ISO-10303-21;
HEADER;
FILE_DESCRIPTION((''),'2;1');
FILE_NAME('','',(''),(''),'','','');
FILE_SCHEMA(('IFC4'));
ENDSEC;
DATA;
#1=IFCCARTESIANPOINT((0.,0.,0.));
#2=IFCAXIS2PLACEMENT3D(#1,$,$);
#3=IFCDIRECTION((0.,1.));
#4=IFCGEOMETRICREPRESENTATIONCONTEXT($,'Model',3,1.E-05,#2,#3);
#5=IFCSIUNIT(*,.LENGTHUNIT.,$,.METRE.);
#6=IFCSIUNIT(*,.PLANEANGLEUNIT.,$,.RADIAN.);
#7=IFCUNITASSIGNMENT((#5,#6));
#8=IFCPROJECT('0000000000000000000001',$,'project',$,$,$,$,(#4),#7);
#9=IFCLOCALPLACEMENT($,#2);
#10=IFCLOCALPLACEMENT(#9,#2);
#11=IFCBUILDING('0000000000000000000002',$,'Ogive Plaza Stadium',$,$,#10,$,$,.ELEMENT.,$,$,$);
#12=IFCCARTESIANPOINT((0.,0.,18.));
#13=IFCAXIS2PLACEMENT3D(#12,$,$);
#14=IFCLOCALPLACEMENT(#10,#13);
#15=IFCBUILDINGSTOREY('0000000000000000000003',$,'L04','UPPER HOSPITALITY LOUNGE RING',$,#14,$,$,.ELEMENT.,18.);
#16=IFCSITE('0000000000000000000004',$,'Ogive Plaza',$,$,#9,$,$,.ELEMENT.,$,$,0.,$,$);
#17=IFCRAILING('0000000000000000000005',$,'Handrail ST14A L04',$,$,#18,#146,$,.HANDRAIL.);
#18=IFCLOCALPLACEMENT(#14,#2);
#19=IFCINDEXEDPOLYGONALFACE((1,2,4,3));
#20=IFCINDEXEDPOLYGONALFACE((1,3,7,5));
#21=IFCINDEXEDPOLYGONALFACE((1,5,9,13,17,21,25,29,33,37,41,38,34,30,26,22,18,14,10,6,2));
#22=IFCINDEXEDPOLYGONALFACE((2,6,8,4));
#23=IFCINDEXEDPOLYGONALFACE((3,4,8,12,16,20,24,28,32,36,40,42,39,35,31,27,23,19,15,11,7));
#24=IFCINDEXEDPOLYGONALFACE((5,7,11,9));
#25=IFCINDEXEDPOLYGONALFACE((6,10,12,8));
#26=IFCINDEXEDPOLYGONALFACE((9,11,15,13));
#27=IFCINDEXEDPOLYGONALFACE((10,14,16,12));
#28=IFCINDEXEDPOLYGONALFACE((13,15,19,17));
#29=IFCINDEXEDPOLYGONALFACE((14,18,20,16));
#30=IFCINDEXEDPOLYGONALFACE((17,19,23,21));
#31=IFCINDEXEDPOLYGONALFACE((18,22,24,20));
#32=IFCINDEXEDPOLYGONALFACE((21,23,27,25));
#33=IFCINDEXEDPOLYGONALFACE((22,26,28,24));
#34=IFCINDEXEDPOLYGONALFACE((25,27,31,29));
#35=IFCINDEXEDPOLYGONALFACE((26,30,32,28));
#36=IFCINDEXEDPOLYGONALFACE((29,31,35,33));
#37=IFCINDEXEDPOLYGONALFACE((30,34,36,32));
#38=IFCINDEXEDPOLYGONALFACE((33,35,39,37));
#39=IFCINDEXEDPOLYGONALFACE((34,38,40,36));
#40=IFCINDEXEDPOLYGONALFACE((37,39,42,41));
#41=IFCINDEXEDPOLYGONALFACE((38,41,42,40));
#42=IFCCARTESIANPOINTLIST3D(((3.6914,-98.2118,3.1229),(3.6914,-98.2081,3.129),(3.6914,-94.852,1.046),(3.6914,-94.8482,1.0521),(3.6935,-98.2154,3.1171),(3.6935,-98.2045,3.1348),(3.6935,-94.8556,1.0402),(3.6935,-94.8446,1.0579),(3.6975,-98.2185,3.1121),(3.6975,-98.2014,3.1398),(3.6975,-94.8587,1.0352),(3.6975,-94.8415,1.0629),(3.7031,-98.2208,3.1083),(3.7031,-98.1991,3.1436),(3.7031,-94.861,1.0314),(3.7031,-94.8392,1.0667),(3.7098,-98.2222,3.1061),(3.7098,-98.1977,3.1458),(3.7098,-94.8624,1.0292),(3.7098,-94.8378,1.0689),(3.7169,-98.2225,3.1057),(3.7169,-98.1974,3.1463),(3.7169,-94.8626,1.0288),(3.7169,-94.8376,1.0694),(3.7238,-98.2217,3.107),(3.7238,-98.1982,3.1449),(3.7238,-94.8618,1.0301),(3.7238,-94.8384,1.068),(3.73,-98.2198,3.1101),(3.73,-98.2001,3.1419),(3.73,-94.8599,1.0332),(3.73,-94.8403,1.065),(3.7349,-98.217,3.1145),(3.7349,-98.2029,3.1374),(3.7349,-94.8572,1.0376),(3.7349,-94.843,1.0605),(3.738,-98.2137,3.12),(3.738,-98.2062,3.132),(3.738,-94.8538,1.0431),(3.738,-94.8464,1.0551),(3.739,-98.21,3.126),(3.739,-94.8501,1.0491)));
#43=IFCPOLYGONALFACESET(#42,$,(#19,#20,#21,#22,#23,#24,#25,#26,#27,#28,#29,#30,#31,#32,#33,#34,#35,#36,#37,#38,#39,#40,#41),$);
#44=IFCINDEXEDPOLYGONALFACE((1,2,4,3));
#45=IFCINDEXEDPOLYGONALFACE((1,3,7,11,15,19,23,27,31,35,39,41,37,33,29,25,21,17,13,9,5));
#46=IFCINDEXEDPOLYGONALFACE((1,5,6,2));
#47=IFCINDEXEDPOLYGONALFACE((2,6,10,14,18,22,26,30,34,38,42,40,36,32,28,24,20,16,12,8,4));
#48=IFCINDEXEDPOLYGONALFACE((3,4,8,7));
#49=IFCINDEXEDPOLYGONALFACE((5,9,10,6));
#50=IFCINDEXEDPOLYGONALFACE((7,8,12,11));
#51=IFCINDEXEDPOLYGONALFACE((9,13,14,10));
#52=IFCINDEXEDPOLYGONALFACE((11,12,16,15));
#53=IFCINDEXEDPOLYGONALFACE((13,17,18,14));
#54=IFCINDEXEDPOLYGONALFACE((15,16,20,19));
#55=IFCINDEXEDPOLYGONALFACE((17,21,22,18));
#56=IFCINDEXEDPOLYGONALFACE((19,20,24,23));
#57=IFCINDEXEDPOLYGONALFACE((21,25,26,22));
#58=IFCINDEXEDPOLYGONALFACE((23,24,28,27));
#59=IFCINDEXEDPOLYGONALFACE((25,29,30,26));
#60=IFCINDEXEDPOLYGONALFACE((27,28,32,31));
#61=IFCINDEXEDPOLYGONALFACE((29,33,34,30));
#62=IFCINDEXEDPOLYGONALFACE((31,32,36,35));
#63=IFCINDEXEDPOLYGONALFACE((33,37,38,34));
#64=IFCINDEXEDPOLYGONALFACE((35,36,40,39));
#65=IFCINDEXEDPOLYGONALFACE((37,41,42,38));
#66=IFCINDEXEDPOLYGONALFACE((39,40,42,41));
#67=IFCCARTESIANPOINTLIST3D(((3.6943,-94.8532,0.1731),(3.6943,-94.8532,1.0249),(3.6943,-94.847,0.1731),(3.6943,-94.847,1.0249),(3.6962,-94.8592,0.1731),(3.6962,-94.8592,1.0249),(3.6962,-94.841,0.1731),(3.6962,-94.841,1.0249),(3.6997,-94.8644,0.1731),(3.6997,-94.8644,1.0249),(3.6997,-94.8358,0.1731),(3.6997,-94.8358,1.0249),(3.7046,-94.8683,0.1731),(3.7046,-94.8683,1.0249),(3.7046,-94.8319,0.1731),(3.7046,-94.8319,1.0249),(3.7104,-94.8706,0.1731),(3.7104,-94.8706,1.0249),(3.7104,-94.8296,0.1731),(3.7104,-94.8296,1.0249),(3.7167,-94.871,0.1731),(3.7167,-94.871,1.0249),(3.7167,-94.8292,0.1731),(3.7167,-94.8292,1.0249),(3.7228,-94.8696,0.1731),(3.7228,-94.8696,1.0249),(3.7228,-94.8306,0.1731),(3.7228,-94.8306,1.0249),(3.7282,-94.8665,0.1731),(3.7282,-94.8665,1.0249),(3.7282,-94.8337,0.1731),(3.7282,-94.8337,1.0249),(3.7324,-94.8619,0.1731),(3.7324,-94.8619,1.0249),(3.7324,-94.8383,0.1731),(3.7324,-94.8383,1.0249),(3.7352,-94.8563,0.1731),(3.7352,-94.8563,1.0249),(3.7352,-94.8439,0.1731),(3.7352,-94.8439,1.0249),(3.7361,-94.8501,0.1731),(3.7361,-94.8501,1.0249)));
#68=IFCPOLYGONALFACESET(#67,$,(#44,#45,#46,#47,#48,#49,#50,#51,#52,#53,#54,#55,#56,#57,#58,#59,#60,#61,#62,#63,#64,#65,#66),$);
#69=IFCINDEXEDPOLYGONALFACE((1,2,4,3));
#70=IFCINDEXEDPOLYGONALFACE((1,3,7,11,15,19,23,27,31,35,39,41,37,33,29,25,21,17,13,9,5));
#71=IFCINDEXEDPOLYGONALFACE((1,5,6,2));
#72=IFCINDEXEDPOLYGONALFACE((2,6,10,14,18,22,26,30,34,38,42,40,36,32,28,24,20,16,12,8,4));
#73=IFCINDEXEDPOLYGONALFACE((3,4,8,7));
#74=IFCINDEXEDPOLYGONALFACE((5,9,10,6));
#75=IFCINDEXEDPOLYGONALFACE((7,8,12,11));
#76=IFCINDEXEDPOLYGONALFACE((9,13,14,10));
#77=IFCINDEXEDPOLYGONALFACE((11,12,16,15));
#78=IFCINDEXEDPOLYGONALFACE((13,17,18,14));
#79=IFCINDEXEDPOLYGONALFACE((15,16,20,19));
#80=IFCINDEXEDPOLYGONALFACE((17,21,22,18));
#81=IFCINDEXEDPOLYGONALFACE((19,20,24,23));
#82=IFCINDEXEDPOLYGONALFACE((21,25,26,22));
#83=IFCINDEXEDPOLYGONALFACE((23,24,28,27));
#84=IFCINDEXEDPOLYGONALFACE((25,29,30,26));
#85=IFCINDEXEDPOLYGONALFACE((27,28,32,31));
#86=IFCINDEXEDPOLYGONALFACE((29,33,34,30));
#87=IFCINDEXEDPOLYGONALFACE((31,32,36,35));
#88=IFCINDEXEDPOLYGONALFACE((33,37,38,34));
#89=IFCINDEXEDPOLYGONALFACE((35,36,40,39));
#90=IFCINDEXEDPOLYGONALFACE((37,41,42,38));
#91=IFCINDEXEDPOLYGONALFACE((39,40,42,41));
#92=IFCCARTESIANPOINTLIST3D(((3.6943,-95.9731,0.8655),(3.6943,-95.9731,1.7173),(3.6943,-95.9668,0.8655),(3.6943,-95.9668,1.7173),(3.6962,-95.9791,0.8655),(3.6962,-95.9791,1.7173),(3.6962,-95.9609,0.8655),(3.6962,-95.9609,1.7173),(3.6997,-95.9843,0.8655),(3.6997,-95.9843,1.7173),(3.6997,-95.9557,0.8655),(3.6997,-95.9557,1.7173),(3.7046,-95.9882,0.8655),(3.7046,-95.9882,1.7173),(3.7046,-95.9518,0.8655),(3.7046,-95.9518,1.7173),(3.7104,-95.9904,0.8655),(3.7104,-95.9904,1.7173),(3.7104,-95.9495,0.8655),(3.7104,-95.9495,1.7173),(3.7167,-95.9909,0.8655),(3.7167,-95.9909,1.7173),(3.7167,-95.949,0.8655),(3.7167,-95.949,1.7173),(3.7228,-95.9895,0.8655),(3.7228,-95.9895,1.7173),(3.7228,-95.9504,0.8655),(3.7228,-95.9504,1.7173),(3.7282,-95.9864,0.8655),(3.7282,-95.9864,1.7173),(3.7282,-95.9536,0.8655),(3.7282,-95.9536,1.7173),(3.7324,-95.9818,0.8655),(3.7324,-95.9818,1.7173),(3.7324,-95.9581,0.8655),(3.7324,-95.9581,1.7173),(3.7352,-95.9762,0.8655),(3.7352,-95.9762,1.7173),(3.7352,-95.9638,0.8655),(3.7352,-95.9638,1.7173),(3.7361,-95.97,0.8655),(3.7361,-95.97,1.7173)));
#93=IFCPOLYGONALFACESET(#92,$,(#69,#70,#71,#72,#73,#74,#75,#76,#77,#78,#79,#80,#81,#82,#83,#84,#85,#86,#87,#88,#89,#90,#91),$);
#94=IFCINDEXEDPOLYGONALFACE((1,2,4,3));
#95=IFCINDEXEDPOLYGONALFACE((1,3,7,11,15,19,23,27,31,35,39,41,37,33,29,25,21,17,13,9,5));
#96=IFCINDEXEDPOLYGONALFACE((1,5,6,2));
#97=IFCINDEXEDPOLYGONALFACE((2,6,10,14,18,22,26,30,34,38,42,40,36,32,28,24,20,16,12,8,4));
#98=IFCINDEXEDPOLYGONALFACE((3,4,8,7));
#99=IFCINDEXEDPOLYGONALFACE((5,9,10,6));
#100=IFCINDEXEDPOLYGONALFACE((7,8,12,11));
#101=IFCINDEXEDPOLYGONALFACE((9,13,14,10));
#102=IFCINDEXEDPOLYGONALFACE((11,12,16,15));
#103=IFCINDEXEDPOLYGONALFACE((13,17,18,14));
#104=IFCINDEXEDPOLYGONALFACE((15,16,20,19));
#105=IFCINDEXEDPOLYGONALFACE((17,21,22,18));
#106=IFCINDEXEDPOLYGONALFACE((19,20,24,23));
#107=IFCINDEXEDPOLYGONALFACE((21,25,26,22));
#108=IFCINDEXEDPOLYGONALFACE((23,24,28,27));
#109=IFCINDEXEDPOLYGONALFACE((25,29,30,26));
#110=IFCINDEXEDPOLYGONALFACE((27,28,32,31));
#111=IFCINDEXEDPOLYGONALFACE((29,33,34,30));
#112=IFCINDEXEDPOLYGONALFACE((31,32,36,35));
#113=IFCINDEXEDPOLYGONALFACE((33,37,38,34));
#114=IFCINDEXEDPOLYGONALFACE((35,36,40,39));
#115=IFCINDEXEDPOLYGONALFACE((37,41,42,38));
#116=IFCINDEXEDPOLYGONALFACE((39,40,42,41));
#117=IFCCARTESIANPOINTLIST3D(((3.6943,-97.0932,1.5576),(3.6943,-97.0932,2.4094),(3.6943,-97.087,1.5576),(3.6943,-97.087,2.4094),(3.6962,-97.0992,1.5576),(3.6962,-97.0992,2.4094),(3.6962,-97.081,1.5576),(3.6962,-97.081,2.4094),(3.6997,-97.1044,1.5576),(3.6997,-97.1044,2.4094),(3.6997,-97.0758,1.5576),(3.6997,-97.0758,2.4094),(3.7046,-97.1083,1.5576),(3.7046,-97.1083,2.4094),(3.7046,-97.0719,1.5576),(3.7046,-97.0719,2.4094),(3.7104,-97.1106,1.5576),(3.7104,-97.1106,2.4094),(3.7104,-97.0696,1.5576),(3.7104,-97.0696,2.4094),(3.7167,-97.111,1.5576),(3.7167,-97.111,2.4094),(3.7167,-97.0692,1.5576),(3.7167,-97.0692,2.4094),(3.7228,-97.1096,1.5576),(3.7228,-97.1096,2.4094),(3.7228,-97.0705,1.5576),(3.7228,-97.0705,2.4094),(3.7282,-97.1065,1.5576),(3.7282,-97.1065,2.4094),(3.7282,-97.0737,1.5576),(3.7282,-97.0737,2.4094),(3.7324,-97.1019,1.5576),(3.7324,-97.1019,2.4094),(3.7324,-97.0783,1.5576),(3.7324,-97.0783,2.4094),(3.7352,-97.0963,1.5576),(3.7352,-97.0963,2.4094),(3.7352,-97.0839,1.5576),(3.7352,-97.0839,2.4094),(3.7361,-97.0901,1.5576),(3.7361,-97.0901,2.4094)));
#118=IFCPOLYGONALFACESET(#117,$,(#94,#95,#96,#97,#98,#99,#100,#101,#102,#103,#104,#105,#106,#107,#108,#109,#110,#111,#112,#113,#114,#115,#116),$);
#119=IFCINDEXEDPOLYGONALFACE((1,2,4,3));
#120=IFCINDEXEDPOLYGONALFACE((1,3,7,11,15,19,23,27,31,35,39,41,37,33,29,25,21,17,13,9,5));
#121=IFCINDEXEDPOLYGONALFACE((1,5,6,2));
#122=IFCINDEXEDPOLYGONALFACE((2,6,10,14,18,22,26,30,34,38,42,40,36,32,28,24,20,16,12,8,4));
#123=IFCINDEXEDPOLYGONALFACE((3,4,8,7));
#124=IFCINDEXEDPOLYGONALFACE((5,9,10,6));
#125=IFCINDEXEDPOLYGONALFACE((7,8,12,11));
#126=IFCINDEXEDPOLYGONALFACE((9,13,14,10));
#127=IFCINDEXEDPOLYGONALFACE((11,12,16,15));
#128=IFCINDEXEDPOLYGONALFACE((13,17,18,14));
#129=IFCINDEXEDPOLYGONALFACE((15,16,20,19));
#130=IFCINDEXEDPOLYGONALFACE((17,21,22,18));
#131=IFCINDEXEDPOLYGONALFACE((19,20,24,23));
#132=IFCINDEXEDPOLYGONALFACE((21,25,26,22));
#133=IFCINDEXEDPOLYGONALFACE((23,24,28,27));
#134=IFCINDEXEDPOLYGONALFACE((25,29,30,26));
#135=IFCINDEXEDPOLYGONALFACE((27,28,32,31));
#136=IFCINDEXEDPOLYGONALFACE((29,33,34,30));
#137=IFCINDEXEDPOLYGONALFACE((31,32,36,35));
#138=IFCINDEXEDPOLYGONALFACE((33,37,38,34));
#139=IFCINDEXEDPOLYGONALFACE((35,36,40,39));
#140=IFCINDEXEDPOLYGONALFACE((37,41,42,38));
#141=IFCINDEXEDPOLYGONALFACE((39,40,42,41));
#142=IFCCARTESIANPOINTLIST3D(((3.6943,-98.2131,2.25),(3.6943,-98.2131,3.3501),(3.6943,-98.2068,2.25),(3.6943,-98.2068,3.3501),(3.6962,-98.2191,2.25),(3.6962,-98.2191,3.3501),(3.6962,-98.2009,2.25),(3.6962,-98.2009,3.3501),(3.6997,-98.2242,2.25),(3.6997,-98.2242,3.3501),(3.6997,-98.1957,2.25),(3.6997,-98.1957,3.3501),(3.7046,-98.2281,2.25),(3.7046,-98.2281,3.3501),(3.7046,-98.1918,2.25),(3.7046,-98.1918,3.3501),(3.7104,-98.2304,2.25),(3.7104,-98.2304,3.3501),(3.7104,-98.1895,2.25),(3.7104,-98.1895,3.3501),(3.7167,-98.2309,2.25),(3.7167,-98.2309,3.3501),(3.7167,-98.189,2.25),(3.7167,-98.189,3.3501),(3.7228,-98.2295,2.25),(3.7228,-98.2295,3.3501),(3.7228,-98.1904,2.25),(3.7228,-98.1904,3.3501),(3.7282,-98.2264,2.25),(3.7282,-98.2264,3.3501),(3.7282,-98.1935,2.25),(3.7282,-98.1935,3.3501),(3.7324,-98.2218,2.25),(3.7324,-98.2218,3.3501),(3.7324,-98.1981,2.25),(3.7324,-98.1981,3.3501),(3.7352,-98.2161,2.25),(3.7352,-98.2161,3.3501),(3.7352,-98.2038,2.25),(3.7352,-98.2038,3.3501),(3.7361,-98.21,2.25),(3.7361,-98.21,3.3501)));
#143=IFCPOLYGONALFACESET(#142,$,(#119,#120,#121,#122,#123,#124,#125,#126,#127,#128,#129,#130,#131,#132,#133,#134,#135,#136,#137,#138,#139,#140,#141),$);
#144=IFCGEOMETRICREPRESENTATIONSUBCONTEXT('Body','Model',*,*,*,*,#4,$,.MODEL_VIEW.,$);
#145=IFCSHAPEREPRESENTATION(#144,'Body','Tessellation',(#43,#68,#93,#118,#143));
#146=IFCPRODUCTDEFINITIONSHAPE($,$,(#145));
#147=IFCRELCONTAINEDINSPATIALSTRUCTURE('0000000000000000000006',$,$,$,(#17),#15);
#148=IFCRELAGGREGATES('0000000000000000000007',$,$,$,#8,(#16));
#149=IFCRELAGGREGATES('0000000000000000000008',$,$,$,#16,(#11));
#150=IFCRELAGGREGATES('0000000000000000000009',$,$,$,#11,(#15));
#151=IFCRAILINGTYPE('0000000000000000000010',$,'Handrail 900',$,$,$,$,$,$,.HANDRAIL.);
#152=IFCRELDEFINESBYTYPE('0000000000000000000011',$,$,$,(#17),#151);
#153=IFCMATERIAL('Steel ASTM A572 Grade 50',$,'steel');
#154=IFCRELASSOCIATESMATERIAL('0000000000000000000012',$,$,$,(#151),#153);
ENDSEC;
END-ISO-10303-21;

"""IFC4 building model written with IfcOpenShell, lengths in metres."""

from ifc_helpers import new_model, si_unit, direction, frame, origin, origin_2d, place, context, subcontext, project, spatial, circle, extrude, material, type_object, element, save


model = new_model("IFC4")

# Units and contexts
model_context = context("Model", 3, precision=1e-05, world=origin(), true_north=direction((0.0, 1.0)))
body_context = subcontext(model_context, "Body", "Model", "MODEL_VIEW")
ifc_project = project(units=[si_unit("LENGTHUNIT", "METRE"), si_unit("PLANEANGLEUNIT", "RADIAN")], contexts=[model_context])

# Site, building, storey
site_placement = place(None, origin())
site = spatial("IfcSite", under=ifc_project, at=site_placement, Name="Ogive Plaza", CompositionType="ELEMENT", RefElevation=0.0)
building_placement = place(site_placement, origin())
building = spatial("IfcBuilding", under=site, at=building_placement, Name="Ogive Plaza Stadium", CompositionType="ELEMENT")
storey_placement = place(building_placement, frame((0.0, 0.0, 18.0)))
storey = spatial("IfcBuildingStorey", under=building, at=storey_placement, Name="L04", Description="UPPER HOSPITALITY LOUNGE RING", CompositionType="ELEMENT", Elevation=18.0)

# Railing
ifc_material_1 = material(Name="Steel ASTM A572 Grade 50", Category="steel")
railing_type_1 = type_object("IfcRailingType", Name="Handrail 900", PredefinedType="HANDRAIL", material=ifc_material_1)
for number, where, name in (
    (1, (3.7151, -94.8501, 0.1731), "Handrail ST14A L04"),
):
    element("IfcRailing", number, at=place(storey_placement, frame(where)), inside=storey, type_object=railing_type_1, Name=name, PredefinedType="HANDRAIL", context=body_context, shape_type="SweptSolid", body=[
        extrude(circle(Radius=0.0239, at=origin_2d()), frame((0.0, 0.0, 0.876), z_axis=(0.0, -0.850606, 0.525803), x_axis=(1.0, 0.0, 0.0)), (0.0, 0.0, 1.0), 3.95),
        extrude(circle(Radius=0.021, at=origin_2d()), origin(), (0.0, 0.0, 1.0), 0.8518),
        extrude(circle(Radius=0.021, at=origin_2d()), frame((0.0, -1.1199, 0.6924)), (0.0, 0.0, 1.0), 0.8518),
        extrude(circle(Radius=0.021, at=origin_2d()), frame((0.0, -2.24, 1.3845)), (0.0, 0.0, 1.0), 0.8518),
        extrude(circle(Radius=0.021, at=origin_2d()), frame((0.0, -3.3599, 2.0769)), (0.0, 0.0, 1.0), 1.1001),
    ])

save(model, "model.ifc")
